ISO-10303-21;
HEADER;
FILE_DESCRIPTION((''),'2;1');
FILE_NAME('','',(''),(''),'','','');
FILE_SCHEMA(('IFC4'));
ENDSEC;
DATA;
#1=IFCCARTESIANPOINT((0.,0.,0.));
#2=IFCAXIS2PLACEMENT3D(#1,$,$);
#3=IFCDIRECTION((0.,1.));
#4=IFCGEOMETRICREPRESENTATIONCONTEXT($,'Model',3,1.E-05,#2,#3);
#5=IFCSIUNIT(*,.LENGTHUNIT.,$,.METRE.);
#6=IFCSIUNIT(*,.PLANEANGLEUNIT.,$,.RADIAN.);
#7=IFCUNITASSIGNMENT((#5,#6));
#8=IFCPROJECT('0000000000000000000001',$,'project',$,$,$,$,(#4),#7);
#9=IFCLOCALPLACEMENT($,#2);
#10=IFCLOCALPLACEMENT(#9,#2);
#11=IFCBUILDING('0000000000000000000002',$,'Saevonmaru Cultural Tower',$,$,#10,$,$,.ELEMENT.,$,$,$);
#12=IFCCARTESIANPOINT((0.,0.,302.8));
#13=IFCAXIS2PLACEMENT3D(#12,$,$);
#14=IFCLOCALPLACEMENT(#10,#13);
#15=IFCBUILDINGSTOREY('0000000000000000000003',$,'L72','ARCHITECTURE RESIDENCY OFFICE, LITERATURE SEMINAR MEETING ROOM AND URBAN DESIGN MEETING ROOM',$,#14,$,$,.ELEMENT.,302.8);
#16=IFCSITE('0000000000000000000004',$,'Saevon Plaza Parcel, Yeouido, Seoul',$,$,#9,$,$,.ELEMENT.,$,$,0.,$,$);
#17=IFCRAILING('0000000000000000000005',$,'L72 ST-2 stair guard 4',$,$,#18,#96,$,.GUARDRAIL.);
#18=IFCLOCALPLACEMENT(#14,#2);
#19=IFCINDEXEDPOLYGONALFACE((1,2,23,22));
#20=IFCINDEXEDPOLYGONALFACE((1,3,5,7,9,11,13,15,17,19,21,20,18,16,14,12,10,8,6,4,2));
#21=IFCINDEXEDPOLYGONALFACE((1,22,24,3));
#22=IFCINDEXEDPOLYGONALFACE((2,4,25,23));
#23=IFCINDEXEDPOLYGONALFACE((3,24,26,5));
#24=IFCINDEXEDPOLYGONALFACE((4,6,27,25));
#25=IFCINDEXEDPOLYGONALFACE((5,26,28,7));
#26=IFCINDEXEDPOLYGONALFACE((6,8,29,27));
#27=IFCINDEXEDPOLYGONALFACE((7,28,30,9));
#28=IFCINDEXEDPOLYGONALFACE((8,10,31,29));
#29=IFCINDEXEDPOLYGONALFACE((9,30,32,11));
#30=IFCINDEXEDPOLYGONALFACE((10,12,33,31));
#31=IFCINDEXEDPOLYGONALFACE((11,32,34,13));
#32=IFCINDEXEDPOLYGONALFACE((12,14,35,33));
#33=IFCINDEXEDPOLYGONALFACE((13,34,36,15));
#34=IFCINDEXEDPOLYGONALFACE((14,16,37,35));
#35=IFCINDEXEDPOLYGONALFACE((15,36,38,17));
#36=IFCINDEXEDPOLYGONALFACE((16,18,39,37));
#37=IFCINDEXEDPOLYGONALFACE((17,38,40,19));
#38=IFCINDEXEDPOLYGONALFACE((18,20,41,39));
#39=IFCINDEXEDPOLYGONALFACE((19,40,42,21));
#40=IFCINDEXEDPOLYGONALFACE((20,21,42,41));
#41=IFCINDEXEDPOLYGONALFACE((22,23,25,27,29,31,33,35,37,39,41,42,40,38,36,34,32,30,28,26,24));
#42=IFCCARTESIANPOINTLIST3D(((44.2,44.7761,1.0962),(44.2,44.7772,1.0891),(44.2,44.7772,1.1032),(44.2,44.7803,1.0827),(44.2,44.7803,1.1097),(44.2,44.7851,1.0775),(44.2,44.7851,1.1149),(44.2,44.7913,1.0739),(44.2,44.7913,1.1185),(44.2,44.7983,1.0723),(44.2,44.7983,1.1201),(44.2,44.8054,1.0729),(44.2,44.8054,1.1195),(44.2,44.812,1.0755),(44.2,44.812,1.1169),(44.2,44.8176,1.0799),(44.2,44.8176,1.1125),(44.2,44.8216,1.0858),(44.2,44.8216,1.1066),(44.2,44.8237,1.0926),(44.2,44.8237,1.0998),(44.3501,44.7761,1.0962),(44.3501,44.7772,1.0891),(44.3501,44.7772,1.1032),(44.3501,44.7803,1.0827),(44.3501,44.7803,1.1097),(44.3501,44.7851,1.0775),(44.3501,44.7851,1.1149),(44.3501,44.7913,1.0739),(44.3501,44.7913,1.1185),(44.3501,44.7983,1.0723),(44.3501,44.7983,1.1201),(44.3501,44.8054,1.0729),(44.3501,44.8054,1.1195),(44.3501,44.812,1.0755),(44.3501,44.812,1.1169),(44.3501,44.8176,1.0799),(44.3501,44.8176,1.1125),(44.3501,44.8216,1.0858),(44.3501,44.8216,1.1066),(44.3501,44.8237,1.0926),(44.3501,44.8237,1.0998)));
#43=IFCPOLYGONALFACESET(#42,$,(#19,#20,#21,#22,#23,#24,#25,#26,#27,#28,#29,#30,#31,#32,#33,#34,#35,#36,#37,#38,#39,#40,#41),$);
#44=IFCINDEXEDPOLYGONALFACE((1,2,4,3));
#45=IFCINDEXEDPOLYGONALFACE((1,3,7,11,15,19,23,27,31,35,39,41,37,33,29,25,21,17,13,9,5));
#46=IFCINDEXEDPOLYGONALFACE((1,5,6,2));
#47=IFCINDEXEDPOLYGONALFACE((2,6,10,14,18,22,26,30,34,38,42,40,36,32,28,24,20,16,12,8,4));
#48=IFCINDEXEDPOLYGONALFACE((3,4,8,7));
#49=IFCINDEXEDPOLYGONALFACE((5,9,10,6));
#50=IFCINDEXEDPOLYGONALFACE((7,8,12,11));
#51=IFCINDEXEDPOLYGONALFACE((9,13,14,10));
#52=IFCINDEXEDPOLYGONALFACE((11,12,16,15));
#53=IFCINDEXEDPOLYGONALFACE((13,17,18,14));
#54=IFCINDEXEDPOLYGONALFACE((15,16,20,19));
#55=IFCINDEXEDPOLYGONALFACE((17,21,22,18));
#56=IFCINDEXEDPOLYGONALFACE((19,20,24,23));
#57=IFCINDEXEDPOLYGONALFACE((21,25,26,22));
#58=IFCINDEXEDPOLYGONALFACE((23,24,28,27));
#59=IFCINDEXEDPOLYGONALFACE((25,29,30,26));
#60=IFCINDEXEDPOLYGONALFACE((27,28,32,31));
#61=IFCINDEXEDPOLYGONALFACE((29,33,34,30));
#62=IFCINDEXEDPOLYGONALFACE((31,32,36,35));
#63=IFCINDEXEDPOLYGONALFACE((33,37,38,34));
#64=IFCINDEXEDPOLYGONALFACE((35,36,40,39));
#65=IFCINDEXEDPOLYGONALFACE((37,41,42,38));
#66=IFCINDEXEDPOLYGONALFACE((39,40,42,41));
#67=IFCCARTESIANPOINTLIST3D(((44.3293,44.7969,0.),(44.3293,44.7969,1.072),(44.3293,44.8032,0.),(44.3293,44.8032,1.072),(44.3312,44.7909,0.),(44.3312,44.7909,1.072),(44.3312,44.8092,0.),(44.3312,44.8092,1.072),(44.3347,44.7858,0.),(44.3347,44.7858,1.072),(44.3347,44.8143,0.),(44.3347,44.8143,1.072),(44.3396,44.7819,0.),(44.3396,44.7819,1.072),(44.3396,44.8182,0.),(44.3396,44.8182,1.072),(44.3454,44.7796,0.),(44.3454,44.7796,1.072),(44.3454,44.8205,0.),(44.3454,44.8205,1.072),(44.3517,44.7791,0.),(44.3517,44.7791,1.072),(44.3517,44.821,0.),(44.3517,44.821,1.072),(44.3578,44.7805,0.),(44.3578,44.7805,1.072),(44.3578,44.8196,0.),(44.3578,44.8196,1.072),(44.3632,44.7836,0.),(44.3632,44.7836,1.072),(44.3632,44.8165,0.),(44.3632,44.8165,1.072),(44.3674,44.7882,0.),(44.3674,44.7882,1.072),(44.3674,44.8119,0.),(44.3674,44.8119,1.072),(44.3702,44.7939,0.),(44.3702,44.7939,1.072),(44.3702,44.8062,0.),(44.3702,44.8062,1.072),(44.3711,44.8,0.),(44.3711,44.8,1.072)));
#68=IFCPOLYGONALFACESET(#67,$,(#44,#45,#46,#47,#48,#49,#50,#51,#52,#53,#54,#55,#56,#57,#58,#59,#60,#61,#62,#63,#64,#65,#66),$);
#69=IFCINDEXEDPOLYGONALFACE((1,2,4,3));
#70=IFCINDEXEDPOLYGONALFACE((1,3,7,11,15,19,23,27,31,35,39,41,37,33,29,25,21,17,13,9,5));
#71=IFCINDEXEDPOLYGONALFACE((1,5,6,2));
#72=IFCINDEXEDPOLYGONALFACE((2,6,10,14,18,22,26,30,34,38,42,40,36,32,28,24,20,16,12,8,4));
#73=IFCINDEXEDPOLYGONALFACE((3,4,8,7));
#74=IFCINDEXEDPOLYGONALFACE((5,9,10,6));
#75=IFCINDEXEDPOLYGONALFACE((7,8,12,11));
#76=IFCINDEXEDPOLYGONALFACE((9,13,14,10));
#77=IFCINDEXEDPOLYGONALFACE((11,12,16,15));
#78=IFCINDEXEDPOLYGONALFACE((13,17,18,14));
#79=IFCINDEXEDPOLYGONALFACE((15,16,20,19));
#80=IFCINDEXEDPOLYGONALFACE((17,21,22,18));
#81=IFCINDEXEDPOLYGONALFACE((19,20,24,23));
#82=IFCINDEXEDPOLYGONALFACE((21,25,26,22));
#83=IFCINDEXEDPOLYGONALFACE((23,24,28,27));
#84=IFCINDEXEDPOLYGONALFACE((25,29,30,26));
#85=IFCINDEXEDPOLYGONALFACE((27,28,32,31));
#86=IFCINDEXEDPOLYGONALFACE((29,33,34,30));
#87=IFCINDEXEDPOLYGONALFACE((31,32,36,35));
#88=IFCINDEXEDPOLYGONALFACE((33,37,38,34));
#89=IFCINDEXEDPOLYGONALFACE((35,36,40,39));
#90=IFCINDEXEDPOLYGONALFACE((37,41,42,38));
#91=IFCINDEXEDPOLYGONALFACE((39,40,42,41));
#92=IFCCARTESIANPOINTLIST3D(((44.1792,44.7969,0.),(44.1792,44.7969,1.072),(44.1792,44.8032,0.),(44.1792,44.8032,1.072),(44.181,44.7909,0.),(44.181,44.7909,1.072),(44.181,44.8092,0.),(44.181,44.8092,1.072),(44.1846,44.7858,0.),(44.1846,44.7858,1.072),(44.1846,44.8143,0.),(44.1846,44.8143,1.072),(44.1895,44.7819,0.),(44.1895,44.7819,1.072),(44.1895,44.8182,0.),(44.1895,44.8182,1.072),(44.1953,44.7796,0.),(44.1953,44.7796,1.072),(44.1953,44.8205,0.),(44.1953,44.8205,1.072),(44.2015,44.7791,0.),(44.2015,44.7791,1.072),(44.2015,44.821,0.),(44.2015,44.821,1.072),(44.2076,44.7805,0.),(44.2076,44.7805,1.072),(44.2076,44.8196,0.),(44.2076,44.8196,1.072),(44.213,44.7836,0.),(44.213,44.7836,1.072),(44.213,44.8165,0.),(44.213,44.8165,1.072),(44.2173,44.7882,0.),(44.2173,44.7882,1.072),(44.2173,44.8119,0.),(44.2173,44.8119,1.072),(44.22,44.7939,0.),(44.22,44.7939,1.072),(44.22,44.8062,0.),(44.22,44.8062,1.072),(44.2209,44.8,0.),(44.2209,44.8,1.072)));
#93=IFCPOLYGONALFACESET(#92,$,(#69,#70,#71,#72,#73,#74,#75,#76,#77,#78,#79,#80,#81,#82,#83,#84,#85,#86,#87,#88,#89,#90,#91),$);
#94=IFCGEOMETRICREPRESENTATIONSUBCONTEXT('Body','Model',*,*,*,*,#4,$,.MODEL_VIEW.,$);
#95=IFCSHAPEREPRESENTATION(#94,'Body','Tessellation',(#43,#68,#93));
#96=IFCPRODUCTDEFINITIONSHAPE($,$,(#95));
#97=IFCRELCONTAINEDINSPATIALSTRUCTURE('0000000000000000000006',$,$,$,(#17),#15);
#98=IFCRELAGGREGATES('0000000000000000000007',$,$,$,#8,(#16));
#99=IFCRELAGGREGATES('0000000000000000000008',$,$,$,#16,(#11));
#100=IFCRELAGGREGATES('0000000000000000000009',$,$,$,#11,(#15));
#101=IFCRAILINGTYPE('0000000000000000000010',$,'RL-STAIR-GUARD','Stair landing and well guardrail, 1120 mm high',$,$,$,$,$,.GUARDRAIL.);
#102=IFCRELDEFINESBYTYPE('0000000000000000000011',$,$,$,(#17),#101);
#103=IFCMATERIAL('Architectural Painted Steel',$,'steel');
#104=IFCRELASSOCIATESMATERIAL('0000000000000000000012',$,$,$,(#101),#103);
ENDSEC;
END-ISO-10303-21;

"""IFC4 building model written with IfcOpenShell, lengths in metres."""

from ifc_helpers import new_model, si_unit, direction, frame, origin, origin_2d, place, context, subcontext, project, spatial, circle, extrude, material, type_object, element, save


model = new_model("IFC4")

# Units and contexts
model_context = context("Model", 3, precision=1e-05, world=origin(), true_north=direction((0.0, 1.0)))
body_context = subcontext(model_context, "Body", "Model", "MODEL_VIEW")
ifc_project = project(units=[si_unit("LENGTHUNIT", "METRE"), si_unit("PLANEANGLEUNIT", "RADIAN")], contexts=[model_context])

# Site, building, storey
site_placement = place(None, origin())
site = spatial("IfcSite", under=ifc_project, at=site_placement, Name="Saevon Plaza Parcel, Yeouido, Seoul", CompositionType="ELEMENT", RefElevation=0.0)
building_placement = place(site_placement, origin())
building = spatial("IfcBuilding", under=site, at=building_placement, Name="Saevonmaru Cultural Tower", CompositionType="ELEMENT")
storey_placement = place(building_placement, frame((0.0, 0.0, 302.8)))
storey = spatial("IfcBuildingStorey", under=building, at=storey_placement, Name="L72", Description="ARCHITECTURE RESIDENCY OFFICE, LITERATURE SEMINAR MEETING ROOM AND URBAN DESIGN MEETING ROOM", CompositionType="ELEMENT", Elevation=302.8)

# Railing
ifc_material_1 = material(Name="Architectural Painted Steel", Category="steel")
railing_type_1 = type_object("IfcRailingType", Name="RL-STAIR-GUARD", Description="Stair landing and well guardrail, 1120 mm high", PredefinedType="GUARDRAIL", material=ifc_material_1)
railing_1_placement = place(storey_placement, frame((44.3501, 44.8, 0.0)))
element("IfcRailing", 1, at=railing_1_placement, inside=storey, type_object=railing_type_1, Name="L72 ST-2 stair guard 4", PredefinedType="GUARDRAIL", context=body_context, shape_type="SweptSolid", body=[
    extrude(circle(Radius=0.0239, at=origin_2d()), frame((0.0, 0.0, 1.0962), z_axis=(-1.0, 0.0, 0.0), x_axis=(0.0, -1.0, 0.0)), (0.0, 0.0, 1.0), 0.1501),
    extrude(circle(Radius=0.021, at=origin_2d()), origin(), (0.0, 0.0, 1.0), 1.072),
    extrude(circle(Radius=0.021, at=origin_2d()), frame((-0.1501, 0.0, 0.0)), (0.0, 0.0, 1.0), 1.072),
])

save(model, "model.ifc")
